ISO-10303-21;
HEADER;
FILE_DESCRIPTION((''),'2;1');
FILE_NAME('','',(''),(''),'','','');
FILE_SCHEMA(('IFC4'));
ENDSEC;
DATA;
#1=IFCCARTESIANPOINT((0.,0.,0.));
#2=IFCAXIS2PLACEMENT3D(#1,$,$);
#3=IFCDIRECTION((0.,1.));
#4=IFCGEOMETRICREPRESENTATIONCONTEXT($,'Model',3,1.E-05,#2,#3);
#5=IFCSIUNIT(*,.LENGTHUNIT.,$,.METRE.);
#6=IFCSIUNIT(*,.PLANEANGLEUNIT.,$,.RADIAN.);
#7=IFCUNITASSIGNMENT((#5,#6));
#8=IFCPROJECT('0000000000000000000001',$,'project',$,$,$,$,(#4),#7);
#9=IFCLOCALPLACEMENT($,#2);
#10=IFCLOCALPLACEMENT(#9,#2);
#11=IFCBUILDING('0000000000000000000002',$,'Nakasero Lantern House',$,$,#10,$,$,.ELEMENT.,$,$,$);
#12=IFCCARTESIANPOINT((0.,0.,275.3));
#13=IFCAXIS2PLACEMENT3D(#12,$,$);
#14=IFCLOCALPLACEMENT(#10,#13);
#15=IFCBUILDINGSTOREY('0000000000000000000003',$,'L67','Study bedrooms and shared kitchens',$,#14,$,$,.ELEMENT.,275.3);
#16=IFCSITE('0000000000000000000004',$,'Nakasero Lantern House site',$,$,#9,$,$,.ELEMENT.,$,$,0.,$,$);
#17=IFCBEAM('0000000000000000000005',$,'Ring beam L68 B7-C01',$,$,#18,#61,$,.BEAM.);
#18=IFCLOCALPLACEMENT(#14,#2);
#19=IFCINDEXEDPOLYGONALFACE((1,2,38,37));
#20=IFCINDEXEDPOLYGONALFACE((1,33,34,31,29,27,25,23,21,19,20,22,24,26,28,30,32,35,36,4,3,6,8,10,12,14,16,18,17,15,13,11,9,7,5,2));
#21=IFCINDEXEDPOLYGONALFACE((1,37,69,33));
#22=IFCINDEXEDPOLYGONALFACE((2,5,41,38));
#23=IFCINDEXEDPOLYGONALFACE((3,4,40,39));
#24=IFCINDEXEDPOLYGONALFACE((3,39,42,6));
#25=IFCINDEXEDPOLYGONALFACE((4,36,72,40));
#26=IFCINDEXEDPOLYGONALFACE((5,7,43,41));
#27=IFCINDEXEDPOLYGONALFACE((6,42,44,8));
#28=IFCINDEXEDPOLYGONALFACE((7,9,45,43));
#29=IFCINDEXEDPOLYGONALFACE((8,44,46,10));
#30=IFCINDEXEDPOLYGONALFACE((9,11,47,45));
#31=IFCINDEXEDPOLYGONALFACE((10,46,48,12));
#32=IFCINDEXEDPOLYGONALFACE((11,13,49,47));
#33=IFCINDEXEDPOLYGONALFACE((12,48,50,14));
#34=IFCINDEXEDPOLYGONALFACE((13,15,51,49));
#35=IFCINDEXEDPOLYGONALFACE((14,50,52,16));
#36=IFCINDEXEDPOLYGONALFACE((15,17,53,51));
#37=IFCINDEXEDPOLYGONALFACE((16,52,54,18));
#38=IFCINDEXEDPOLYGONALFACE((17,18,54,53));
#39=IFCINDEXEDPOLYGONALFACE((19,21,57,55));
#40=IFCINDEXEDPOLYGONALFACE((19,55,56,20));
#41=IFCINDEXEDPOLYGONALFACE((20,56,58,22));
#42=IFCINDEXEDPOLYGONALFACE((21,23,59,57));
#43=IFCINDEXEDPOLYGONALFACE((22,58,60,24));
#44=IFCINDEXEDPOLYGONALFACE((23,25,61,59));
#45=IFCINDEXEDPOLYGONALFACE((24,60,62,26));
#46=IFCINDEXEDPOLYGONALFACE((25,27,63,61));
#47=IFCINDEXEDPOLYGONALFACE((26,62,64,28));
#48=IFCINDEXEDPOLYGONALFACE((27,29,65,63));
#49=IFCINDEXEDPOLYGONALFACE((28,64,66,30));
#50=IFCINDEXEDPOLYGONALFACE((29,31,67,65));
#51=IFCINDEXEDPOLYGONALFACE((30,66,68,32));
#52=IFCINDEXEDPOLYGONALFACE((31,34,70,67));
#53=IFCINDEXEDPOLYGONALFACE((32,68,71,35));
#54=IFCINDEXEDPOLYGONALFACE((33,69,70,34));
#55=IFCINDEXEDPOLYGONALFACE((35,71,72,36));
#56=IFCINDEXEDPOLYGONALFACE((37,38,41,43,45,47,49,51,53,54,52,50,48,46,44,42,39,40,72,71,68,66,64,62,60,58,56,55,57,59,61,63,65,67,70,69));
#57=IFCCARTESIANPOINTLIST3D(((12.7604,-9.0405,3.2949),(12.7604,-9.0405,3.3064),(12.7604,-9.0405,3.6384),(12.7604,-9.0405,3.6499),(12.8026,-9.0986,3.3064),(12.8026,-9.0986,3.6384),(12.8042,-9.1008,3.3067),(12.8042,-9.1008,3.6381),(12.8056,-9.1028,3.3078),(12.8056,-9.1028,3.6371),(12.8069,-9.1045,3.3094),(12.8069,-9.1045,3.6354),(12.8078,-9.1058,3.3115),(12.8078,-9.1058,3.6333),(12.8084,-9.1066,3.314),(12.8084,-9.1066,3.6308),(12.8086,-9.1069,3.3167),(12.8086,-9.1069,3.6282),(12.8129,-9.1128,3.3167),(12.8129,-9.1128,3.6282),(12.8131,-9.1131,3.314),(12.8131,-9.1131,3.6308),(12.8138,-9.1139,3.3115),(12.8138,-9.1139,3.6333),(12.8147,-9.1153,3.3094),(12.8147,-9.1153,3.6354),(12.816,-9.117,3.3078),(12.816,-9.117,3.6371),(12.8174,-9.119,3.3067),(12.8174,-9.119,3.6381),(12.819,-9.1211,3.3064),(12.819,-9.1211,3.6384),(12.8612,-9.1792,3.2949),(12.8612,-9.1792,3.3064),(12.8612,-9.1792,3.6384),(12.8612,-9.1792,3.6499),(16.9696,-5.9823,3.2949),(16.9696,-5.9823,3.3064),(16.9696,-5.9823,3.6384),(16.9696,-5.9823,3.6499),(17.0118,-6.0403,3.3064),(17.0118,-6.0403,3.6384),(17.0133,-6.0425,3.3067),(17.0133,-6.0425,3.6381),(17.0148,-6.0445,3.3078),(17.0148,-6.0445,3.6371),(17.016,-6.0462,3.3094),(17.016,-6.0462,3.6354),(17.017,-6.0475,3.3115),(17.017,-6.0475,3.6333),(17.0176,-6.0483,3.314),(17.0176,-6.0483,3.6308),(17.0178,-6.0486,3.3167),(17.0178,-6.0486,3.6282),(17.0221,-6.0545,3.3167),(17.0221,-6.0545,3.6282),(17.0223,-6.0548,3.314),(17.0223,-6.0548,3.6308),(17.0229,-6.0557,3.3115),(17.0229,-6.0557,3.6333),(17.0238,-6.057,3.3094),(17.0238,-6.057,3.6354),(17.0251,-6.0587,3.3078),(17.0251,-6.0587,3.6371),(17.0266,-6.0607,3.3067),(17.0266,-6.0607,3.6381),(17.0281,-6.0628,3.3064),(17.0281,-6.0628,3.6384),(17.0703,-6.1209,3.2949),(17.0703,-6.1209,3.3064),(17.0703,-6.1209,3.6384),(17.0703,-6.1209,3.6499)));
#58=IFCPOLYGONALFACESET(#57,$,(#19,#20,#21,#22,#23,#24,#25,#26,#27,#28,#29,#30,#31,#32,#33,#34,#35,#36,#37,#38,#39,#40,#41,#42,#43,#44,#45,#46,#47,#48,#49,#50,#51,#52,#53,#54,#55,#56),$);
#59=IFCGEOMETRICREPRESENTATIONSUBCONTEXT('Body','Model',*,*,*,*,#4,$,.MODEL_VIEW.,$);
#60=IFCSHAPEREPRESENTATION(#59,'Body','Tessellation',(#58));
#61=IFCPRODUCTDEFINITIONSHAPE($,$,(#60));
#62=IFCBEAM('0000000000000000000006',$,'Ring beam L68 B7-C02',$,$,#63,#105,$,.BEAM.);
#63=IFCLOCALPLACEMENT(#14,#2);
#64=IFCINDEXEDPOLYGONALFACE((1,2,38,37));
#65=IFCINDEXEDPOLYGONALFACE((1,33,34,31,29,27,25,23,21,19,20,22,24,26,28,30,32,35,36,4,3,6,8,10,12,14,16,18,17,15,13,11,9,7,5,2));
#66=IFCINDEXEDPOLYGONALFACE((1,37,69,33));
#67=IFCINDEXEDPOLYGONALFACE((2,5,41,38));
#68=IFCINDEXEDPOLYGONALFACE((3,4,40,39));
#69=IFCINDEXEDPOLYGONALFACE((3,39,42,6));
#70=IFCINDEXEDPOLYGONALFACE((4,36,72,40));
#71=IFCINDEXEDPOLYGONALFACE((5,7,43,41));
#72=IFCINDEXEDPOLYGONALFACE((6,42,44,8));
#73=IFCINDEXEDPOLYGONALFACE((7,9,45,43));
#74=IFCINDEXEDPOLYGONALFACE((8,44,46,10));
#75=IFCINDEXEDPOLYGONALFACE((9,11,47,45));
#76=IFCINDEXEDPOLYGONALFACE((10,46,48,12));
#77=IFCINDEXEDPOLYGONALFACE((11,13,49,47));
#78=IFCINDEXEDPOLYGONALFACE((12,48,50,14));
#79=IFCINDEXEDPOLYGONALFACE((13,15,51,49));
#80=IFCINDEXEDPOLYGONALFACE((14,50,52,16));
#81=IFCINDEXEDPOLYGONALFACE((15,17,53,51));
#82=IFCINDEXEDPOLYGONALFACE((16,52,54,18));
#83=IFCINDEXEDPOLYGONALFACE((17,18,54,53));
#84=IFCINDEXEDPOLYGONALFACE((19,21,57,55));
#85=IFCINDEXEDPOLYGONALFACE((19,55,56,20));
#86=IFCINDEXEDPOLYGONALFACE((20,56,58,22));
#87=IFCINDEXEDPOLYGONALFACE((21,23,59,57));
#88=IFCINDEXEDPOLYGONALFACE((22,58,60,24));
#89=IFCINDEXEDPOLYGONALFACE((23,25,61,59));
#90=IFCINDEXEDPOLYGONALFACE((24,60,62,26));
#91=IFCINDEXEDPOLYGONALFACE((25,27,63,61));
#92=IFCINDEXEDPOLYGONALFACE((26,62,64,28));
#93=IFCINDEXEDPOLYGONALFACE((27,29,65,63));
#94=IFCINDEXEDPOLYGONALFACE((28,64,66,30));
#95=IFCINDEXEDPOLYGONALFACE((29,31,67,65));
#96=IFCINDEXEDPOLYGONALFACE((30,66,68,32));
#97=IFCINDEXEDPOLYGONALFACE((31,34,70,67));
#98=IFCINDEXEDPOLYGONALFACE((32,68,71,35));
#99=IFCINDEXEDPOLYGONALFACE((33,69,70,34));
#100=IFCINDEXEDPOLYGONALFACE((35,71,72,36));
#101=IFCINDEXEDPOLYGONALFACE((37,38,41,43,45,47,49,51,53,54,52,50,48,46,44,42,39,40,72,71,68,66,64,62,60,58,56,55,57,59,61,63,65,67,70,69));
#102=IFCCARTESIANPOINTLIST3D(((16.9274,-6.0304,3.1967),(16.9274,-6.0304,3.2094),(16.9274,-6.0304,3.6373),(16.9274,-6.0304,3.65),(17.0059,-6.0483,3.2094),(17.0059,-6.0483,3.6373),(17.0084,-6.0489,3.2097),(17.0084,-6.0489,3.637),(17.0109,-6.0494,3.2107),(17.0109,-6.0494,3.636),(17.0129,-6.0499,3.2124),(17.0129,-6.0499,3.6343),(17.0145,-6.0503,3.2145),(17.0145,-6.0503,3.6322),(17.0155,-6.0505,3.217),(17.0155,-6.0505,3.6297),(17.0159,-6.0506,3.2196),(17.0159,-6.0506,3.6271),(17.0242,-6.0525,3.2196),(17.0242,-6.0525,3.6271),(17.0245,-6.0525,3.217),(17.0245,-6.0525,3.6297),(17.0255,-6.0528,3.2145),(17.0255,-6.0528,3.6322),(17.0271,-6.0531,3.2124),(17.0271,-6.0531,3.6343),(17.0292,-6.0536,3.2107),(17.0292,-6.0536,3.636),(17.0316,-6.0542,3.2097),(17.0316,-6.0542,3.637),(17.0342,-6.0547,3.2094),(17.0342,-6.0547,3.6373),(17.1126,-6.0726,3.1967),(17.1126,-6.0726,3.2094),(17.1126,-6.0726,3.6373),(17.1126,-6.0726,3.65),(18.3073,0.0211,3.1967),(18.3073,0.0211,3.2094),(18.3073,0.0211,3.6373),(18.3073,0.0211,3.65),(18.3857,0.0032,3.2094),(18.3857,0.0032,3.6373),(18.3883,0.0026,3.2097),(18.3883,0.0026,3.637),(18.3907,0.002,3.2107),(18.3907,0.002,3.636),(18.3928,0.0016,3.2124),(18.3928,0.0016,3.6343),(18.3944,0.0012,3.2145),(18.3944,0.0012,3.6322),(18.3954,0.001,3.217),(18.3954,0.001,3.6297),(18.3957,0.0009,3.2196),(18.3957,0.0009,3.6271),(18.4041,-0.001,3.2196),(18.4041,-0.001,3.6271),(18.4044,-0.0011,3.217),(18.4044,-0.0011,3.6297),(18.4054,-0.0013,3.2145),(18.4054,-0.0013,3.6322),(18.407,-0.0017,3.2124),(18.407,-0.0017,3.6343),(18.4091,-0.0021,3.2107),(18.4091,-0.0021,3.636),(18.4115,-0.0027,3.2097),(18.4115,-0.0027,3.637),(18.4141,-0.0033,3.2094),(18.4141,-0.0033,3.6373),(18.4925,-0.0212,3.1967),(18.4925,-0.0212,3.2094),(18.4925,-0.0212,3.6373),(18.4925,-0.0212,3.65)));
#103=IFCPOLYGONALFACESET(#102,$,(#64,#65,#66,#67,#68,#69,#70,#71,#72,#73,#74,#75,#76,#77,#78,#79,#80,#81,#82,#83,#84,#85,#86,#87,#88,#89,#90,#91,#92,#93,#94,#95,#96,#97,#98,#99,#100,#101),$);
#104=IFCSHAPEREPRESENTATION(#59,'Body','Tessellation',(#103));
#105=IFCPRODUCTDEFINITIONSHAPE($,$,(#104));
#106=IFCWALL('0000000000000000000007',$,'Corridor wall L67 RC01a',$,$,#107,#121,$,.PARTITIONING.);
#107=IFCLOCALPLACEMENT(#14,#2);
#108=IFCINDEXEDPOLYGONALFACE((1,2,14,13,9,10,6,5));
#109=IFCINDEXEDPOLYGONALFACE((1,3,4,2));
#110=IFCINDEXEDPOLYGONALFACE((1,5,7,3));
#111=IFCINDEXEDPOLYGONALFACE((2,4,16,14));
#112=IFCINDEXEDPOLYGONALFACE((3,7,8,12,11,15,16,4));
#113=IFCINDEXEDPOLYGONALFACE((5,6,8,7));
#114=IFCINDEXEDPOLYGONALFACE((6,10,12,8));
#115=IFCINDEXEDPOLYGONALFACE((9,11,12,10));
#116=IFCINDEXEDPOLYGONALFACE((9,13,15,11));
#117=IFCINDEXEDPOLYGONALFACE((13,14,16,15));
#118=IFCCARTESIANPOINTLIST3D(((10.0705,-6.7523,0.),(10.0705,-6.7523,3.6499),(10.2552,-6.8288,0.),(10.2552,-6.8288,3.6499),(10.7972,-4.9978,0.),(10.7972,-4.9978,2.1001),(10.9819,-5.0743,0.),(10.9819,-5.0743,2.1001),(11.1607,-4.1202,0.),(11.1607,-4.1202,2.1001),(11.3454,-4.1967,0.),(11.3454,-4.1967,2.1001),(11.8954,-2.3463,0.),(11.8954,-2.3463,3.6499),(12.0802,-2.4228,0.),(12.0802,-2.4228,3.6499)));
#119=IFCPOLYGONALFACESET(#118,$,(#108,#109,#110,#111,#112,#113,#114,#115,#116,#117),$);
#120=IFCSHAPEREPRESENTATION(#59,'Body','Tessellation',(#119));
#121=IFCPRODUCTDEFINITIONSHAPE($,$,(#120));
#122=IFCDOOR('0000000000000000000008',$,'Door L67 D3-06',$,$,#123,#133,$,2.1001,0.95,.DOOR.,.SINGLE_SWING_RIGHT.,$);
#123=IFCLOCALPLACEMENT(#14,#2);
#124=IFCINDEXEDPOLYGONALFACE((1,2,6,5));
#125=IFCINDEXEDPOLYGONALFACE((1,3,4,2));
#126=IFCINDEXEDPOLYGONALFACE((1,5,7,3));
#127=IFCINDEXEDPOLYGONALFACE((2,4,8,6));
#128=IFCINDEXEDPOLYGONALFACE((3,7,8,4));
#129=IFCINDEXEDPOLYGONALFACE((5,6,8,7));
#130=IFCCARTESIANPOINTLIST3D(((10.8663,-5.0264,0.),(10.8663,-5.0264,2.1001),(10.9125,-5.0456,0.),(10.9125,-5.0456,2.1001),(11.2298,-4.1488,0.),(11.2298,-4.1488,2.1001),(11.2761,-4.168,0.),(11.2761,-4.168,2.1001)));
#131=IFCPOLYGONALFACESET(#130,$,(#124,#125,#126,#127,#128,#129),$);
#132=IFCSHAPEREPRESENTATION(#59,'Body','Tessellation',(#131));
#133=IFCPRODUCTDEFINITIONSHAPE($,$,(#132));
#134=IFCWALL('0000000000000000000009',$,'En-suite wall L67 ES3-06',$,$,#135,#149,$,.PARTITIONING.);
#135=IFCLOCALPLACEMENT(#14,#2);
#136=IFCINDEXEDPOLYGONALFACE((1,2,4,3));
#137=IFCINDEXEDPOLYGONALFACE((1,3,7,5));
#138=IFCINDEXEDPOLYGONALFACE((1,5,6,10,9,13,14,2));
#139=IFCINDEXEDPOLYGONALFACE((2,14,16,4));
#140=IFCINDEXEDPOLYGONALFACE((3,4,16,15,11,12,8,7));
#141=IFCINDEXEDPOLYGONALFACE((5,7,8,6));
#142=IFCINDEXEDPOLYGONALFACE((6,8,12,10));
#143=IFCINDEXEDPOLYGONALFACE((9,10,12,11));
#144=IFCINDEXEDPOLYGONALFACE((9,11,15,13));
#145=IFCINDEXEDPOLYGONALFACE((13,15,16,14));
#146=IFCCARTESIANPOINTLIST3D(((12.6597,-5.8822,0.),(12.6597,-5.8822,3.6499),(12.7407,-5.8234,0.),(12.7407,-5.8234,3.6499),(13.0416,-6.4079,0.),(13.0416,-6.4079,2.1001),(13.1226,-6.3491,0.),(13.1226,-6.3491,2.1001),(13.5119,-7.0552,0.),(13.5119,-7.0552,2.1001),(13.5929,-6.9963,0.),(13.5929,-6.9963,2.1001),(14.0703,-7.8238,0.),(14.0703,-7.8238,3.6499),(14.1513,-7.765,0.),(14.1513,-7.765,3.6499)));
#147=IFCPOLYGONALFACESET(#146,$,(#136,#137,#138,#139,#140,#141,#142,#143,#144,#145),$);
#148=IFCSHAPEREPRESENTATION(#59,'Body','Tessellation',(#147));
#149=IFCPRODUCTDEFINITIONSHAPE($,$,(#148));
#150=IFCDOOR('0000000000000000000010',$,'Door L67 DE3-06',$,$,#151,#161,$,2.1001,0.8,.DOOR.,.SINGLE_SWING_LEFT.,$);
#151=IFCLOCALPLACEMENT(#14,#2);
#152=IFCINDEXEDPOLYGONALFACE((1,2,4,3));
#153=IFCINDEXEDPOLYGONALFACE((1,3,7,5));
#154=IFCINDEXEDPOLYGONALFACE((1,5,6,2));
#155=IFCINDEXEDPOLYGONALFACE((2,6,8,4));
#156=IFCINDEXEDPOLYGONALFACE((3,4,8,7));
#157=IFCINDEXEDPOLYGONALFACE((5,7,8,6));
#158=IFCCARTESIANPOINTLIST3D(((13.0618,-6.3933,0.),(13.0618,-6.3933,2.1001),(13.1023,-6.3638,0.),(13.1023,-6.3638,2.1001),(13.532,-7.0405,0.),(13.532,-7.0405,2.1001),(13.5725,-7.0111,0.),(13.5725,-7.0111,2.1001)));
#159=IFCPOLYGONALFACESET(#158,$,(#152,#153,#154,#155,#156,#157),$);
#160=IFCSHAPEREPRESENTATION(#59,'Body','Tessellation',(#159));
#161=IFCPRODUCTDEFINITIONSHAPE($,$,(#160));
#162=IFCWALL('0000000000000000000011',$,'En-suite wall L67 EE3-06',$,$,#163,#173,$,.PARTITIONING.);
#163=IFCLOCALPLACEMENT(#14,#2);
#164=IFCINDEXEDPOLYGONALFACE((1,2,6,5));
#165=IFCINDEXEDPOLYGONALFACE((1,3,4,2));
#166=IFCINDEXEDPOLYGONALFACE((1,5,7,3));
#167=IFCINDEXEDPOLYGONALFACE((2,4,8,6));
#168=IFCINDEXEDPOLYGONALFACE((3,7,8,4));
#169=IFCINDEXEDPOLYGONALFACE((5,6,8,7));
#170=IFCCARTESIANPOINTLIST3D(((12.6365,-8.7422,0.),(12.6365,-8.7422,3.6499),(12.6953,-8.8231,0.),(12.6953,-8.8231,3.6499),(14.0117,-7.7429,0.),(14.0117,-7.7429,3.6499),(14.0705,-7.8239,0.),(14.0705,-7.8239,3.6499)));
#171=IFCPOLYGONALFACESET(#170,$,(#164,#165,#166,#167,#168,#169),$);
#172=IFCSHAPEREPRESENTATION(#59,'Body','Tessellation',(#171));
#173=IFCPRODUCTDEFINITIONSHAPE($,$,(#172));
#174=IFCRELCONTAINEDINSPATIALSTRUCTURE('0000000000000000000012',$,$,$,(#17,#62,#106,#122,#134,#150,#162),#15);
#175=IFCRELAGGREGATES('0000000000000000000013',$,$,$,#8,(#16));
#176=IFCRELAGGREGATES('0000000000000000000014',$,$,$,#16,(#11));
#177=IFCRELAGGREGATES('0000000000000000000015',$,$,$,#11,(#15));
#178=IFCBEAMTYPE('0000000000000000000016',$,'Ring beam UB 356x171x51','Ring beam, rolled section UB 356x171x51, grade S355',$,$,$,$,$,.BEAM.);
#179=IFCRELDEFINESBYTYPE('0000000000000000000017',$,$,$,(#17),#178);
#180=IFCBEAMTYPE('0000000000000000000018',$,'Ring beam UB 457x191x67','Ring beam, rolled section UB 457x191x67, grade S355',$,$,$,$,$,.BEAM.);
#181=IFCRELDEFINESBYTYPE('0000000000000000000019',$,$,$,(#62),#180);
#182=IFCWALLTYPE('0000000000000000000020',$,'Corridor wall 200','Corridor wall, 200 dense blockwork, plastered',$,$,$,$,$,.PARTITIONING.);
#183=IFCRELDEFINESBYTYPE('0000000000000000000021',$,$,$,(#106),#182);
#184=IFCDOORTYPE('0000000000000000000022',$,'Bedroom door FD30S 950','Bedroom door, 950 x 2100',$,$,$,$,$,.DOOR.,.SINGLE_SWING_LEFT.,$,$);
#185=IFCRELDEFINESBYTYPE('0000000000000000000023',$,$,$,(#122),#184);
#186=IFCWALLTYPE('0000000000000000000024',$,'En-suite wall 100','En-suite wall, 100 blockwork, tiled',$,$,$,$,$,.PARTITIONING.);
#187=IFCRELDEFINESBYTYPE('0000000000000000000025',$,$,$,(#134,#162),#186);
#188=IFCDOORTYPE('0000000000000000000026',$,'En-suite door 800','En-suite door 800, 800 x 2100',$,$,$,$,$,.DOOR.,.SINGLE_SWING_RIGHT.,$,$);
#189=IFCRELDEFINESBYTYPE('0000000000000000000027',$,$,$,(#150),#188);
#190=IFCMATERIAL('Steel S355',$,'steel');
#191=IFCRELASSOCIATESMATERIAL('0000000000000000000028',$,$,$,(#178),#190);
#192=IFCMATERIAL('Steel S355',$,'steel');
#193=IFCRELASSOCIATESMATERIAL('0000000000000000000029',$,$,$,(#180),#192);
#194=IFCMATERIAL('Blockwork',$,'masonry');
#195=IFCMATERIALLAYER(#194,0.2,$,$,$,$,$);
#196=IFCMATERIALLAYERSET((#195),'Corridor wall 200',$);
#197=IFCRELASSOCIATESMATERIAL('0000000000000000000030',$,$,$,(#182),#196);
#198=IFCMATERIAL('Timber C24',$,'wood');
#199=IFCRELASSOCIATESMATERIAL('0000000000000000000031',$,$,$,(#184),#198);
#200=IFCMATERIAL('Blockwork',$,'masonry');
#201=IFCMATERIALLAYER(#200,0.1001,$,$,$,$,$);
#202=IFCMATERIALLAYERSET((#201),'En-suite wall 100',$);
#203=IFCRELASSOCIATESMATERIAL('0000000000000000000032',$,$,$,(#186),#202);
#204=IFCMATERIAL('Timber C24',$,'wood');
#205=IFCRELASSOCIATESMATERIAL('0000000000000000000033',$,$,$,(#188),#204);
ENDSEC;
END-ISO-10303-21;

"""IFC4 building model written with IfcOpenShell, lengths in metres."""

from ifc_helpers import new_model, si_unit, direction, frame, frame_2d, origin, origin_2d, place, context, subcontext, project, spatial, rectangle, i_section, extrude, material, layer, layer_set, material_profile, profile_set, type_object, element, fill, save


model = new_model("IFC4")

# Units and contexts
model_context = context("Model", 3, precision=1e-05, world=origin(), true_north=direction((0.0, 1.0)))
body_context = subcontext(model_context, "Body", "Model", "MODEL_VIEW")
ifc_project = project(units=[si_unit("LENGTHUNIT", "METRE"), si_unit("PLANEANGLEUNIT", "RADIAN")], contexts=[model_context])

# Site, building, storey
site_placement = place(None, origin())
site = spatial("IfcSite", under=ifc_project, at=site_placement, Name="Nakasero Lantern House site", CompositionType="ELEMENT", RefElevation=0.0)
building_placement = place(site_placement, origin())
building = spatial("IfcBuilding", under=site, at=building_placement, Name="Nakasero Lantern House", CompositionType="ELEMENT")
storey_placement = place(building_placement, frame((0.0, 0.0, 275.3)))
storey = spatial("IfcBuildingStorey", under=building, at=storey_placement, Name="L67", Description="Study bedrooms and shared kitchens", CompositionType="ELEMENT", Elevation=275.3)

# Beams
ifc_material_1 = material(Name="Steel S355", Category="steel")
ifc_material_profile_1 = material_profile(ifc_material_1, i_section(OverallWidth=0.1714, OverallDepth=0.355, WebThickness=0.0073, FlangeThickness=0.0115, FilletRadius=0.0103, at=origin_2d()), Name="UB 356x171x51")
ifc_profile_set_1 = profile_set([ifc_material_profile_1], Name="Steel S355")
beam_type_1 = type_object("IfcBeamType", Name="Ring beam UB 356x171x51", Description="Ring beam, rolled section UB 356x171x51, grade S355", PredefinedType="BEAM", material=ifc_profile_set_1)
beam_1_placement = place(storey_placement, frame((12.8108, -9.1099, 3.4724), z_axis=(0.809002, 0.587806, 0.0), x_axis=(-0.587806, 0.809002, 0.0)))
element("IfcBeam", 1, at=beam_1_placement, inside=storey, type_object=beam_type_1, Name="Ring beam L68 B7-C01", PredefinedType="BEAM", context=body_context, shape_type="SweptSolid", body=[
    extrude(i_section(OverallWidth=0.1714, OverallDepth=0.355, WebThickness=0.0073, FlangeThickness=0.0115, FilletRadius=0.0103, at=origin_2d()), origin(), (0.0, 0.0, 1.0), 5.2029),
])
ifc_material_2 = material(Name="Steel S355", Category="steel")
ifc_material_profile_2 = material_profile(ifc_material_2, i_section(OverallWidth=0.1899, OverallDepth=0.4534, WebThickness=0.0085, FlangeThickness=0.0127, FilletRadius=0.0103, at=origin_2d()), Name="UB 457x191x67")
ifc_profile_set_2 = profile_set([ifc_material_profile_2], Name="Steel S355")
beam_type_2 = type_object("IfcBeamType", Name="Ring beam UB 457x191x67", Description="Ring beam, rolled section UB 457x191x67, grade S355", PredefinedType="BEAM", material=ifc_profile_set_2)
beam_2_placement = place(storey_placement, frame((17.02, -6.0515, 3.4233), z_axis=(0.222316, 0.974975, 0.0), x_axis=(-0.974975, 0.222316, 0.0)))
element("IfcBeam", 2, at=beam_2_placement, inside=storey, type_object=beam_type_2, Name="Ring beam L68 B7-C02", PredefinedType="BEAM", context=body_context, shape_type="SweptSolid", body=[
    extrude(i_section(OverallWidth=0.1899, OverallDepth=0.4534, WebThickness=0.0085, FlangeThickness=0.0127, FilletRadius=0.0103, at=origin_2d()), origin(), (0.0, 0.0, 1.0), 6.2068),
])

# Walls, openings, doors
ifc_material_3 = material(Name="Blockwork", Category="masonry")
ifc_layer_1 = layer(ifc_material_3, 0.2)
ifc_layer_set_1 = layer_set([ifc_layer_1], Name="Corridor wall 200")
wall_type_1 = type_object("IfcWallType", Name="Corridor wall 200", Description="Corridor wall, 200 dense blockwork, plastered", PredefinedType="PARTITIONING", material=ifc_layer_set_1)
wall_1_placement = place(storey_placement, frame((11.9878, -2.3845, 0.0), z_axis=(0.0, 0.0, 1.0), x_axis=(-0.38267, -0.923885, 0.0)))
wall_1 = element("IfcWall", 3, at=wall_1_placement, inside=storey, type_object=wall_type_1, Name="Corridor wall L67 RC01a", PredefinedType="PARTITIONING", context=body_context, shape_type="SweptSolid", body=[
    extrude(rectangle(XDim=4.769, YDim=0.2, at=frame_2d((2.3845, 0.0))), origin(), (0.0, 0.0, 1.0), 3.6499),
])
opening_1_placement = place(wall_1_placement, frame((1.9199, 0.0, 0.0)))
opening_1 = element("IfcOpeningElement", 4, at=opening_1_placement, cuts=wall_1, PredefinedType="OPENING", context=body_context, shape_type="SweptSolid", body=[
    extrude(rectangle(XDim=0.95, YDim=2.1001, at=frame_2d((0.4751, 1.05))), frame((0.0, 0.1199, 0.0), z_axis=(0.0, -1.0, 0.0), x_axis=(1.0, 0.0, 0.0)), (0.0, 0.0, 1.0), 0.24),
])
ifc_material_4 = material(Name="Timber C24", Category="wood")
door_type_1 = type_object("IfcDoorType", Name="Bedroom door FD30S 950", Description="Bedroom door, 950 x 2100", OperationType="SINGLE_SWING_LEFT", PredefinedType="DOOR", material=ifc_material_4)
door_1_placement = place(opening_1_placement, origin())
door_1 = element("IfcDoor", 5, at=door_1_placement, inside=storey, type_object=door_type_1, Name="Door L67 D3-06", OperationType="SINGLE_SWING_RIGHT", OverallHeight=2.1001, OverallWidth=0.95, PredefinedType="DOOR", context=body_context, shape_type="SweptSolid", body=[
    extrude(rectangle(XDim=0.95, YDim=2.1001, at=frame_2d((0.4751, 1.05))), frame((0.0, 0.0249, 0.0), z_axis=(0.0, -1.0, 0.0), x_axis=(1.0, 0.0, 0.0)), (0.0, 0.0, 1.0), 0.05),
])
fill(opening_1, door_1)
ifc_material_5 = material(Name="Blockwork", Category="masonry")
ifc_layer_2 = layer(ifc_material_5, 0.1001)
ifc_layer_set_2 = layer_set([ifc_layer_2], Name="En-suite wall 100")
wall_type_2 = type_object("IfcWallType", Name="En-suite wall 100", Description="En-suite wall, 100 blockwork, tiled", PredefinedType="PARTITIONING", material=ifc_layer_set_2)
wall_2_placement = place(storey_placement, frame((12.7002, -5.8528, 0.0), z_axis=(0.0, 0.0, 1.0), x_axis=(0.587772, -0.809026, 0.0)))
wall_2 = element("IfcWall", 6, at=wall_2_placement, inside=storey, type_object=wall_type_2, Name="En-suite wall L67 ES3-06", PredefinedType="PARTITIONING", context=body_context, shape_type="SweptSolid", body=[
    extrude(rectangle(XDim=2.3999, YDim=0.1001, at=frame_2d((1.2, 0.0))), origin(), (0.0, 0.0, 1.0), 3.6499),
])
opening_2_placement = place(wall_2_placement, frame((0.6499, 0.0, 0.0)))
opening_2 = element("IfcOpeningElement", 7, at=opening_2_placement, cuts=wall_2, PredefinedType="OPENING", context=body_context, shape_type="SweptSolid", body=[
    extrude(rectangle(XDim=0.8, YDim=2.1001, at=frame_2d((0.3999, 1.05))), frame((0.0, 0.0701, 0.0), z_axis=(0.0, -1.0, 0.0), x_axis=(1.0, 0.0, 0.0)), (0.0, 0.0, 1.0), 0.1401),
])
ifc_material_6 = material(Name="Timber C24", Category="wood")
door_type_2 = type_object("IfcDoorType", Name="En-suite door 800", Description="En-suite door 800, 800 x 2100", OperationType="SINGLE_SWING_RIGHT", PredefinedType="DOOR", material=ifc_material_6)
door_2_placement = place(opening_2_placement, origin())
door_2 = element("IfcDoor", 8, at=door_2_placement, inside=storey, type_object=door_type_2, Name="Door L67 DE3-06", OperationType="SINGLE_SWING_LEFT", OverallHeight=2.1001, OverallWidth=0.8, PredefinedType="DOOR", context=body_context, shape_type="SweptSolid", body=[
    extrude(rectangle(XDim=0.8, YDim=2.1001, at=frame_2d((0.3999, 1.05))), frame((0.0, 0.0249, 0.0), z_axis=(0.0, -1.0, 0.0), x_axis=(1.0, 0.0, 0.0)), (0.0, 0.0, 1.0), 0.05),
])
fill(opening_2, door_2)

# Wall
wall_3_placement = place(storey_placement, frame((12.6658, -8.7827, 0.0), z_axis=(0.0, 0.0, 1.0), x_axis=(0.808991, 0.587822, 0.0)))
element("IfcWall", 9, at=wall_3_placement, inside=storey, type_object=wall_type_2, Name="En-suite wall L67 EE3-06", PredefinedType="PARTITIONING", context=body_context, shape_type="SweptSolid", body=[
    extrude(rectangle(XDim=1.7, YDim=0.1001, at=frame_2d((0.8501, 0.0))), origin(), (0.0, 0.0, 1.0), 3.6499),
])

save(model, "model.ifc")
